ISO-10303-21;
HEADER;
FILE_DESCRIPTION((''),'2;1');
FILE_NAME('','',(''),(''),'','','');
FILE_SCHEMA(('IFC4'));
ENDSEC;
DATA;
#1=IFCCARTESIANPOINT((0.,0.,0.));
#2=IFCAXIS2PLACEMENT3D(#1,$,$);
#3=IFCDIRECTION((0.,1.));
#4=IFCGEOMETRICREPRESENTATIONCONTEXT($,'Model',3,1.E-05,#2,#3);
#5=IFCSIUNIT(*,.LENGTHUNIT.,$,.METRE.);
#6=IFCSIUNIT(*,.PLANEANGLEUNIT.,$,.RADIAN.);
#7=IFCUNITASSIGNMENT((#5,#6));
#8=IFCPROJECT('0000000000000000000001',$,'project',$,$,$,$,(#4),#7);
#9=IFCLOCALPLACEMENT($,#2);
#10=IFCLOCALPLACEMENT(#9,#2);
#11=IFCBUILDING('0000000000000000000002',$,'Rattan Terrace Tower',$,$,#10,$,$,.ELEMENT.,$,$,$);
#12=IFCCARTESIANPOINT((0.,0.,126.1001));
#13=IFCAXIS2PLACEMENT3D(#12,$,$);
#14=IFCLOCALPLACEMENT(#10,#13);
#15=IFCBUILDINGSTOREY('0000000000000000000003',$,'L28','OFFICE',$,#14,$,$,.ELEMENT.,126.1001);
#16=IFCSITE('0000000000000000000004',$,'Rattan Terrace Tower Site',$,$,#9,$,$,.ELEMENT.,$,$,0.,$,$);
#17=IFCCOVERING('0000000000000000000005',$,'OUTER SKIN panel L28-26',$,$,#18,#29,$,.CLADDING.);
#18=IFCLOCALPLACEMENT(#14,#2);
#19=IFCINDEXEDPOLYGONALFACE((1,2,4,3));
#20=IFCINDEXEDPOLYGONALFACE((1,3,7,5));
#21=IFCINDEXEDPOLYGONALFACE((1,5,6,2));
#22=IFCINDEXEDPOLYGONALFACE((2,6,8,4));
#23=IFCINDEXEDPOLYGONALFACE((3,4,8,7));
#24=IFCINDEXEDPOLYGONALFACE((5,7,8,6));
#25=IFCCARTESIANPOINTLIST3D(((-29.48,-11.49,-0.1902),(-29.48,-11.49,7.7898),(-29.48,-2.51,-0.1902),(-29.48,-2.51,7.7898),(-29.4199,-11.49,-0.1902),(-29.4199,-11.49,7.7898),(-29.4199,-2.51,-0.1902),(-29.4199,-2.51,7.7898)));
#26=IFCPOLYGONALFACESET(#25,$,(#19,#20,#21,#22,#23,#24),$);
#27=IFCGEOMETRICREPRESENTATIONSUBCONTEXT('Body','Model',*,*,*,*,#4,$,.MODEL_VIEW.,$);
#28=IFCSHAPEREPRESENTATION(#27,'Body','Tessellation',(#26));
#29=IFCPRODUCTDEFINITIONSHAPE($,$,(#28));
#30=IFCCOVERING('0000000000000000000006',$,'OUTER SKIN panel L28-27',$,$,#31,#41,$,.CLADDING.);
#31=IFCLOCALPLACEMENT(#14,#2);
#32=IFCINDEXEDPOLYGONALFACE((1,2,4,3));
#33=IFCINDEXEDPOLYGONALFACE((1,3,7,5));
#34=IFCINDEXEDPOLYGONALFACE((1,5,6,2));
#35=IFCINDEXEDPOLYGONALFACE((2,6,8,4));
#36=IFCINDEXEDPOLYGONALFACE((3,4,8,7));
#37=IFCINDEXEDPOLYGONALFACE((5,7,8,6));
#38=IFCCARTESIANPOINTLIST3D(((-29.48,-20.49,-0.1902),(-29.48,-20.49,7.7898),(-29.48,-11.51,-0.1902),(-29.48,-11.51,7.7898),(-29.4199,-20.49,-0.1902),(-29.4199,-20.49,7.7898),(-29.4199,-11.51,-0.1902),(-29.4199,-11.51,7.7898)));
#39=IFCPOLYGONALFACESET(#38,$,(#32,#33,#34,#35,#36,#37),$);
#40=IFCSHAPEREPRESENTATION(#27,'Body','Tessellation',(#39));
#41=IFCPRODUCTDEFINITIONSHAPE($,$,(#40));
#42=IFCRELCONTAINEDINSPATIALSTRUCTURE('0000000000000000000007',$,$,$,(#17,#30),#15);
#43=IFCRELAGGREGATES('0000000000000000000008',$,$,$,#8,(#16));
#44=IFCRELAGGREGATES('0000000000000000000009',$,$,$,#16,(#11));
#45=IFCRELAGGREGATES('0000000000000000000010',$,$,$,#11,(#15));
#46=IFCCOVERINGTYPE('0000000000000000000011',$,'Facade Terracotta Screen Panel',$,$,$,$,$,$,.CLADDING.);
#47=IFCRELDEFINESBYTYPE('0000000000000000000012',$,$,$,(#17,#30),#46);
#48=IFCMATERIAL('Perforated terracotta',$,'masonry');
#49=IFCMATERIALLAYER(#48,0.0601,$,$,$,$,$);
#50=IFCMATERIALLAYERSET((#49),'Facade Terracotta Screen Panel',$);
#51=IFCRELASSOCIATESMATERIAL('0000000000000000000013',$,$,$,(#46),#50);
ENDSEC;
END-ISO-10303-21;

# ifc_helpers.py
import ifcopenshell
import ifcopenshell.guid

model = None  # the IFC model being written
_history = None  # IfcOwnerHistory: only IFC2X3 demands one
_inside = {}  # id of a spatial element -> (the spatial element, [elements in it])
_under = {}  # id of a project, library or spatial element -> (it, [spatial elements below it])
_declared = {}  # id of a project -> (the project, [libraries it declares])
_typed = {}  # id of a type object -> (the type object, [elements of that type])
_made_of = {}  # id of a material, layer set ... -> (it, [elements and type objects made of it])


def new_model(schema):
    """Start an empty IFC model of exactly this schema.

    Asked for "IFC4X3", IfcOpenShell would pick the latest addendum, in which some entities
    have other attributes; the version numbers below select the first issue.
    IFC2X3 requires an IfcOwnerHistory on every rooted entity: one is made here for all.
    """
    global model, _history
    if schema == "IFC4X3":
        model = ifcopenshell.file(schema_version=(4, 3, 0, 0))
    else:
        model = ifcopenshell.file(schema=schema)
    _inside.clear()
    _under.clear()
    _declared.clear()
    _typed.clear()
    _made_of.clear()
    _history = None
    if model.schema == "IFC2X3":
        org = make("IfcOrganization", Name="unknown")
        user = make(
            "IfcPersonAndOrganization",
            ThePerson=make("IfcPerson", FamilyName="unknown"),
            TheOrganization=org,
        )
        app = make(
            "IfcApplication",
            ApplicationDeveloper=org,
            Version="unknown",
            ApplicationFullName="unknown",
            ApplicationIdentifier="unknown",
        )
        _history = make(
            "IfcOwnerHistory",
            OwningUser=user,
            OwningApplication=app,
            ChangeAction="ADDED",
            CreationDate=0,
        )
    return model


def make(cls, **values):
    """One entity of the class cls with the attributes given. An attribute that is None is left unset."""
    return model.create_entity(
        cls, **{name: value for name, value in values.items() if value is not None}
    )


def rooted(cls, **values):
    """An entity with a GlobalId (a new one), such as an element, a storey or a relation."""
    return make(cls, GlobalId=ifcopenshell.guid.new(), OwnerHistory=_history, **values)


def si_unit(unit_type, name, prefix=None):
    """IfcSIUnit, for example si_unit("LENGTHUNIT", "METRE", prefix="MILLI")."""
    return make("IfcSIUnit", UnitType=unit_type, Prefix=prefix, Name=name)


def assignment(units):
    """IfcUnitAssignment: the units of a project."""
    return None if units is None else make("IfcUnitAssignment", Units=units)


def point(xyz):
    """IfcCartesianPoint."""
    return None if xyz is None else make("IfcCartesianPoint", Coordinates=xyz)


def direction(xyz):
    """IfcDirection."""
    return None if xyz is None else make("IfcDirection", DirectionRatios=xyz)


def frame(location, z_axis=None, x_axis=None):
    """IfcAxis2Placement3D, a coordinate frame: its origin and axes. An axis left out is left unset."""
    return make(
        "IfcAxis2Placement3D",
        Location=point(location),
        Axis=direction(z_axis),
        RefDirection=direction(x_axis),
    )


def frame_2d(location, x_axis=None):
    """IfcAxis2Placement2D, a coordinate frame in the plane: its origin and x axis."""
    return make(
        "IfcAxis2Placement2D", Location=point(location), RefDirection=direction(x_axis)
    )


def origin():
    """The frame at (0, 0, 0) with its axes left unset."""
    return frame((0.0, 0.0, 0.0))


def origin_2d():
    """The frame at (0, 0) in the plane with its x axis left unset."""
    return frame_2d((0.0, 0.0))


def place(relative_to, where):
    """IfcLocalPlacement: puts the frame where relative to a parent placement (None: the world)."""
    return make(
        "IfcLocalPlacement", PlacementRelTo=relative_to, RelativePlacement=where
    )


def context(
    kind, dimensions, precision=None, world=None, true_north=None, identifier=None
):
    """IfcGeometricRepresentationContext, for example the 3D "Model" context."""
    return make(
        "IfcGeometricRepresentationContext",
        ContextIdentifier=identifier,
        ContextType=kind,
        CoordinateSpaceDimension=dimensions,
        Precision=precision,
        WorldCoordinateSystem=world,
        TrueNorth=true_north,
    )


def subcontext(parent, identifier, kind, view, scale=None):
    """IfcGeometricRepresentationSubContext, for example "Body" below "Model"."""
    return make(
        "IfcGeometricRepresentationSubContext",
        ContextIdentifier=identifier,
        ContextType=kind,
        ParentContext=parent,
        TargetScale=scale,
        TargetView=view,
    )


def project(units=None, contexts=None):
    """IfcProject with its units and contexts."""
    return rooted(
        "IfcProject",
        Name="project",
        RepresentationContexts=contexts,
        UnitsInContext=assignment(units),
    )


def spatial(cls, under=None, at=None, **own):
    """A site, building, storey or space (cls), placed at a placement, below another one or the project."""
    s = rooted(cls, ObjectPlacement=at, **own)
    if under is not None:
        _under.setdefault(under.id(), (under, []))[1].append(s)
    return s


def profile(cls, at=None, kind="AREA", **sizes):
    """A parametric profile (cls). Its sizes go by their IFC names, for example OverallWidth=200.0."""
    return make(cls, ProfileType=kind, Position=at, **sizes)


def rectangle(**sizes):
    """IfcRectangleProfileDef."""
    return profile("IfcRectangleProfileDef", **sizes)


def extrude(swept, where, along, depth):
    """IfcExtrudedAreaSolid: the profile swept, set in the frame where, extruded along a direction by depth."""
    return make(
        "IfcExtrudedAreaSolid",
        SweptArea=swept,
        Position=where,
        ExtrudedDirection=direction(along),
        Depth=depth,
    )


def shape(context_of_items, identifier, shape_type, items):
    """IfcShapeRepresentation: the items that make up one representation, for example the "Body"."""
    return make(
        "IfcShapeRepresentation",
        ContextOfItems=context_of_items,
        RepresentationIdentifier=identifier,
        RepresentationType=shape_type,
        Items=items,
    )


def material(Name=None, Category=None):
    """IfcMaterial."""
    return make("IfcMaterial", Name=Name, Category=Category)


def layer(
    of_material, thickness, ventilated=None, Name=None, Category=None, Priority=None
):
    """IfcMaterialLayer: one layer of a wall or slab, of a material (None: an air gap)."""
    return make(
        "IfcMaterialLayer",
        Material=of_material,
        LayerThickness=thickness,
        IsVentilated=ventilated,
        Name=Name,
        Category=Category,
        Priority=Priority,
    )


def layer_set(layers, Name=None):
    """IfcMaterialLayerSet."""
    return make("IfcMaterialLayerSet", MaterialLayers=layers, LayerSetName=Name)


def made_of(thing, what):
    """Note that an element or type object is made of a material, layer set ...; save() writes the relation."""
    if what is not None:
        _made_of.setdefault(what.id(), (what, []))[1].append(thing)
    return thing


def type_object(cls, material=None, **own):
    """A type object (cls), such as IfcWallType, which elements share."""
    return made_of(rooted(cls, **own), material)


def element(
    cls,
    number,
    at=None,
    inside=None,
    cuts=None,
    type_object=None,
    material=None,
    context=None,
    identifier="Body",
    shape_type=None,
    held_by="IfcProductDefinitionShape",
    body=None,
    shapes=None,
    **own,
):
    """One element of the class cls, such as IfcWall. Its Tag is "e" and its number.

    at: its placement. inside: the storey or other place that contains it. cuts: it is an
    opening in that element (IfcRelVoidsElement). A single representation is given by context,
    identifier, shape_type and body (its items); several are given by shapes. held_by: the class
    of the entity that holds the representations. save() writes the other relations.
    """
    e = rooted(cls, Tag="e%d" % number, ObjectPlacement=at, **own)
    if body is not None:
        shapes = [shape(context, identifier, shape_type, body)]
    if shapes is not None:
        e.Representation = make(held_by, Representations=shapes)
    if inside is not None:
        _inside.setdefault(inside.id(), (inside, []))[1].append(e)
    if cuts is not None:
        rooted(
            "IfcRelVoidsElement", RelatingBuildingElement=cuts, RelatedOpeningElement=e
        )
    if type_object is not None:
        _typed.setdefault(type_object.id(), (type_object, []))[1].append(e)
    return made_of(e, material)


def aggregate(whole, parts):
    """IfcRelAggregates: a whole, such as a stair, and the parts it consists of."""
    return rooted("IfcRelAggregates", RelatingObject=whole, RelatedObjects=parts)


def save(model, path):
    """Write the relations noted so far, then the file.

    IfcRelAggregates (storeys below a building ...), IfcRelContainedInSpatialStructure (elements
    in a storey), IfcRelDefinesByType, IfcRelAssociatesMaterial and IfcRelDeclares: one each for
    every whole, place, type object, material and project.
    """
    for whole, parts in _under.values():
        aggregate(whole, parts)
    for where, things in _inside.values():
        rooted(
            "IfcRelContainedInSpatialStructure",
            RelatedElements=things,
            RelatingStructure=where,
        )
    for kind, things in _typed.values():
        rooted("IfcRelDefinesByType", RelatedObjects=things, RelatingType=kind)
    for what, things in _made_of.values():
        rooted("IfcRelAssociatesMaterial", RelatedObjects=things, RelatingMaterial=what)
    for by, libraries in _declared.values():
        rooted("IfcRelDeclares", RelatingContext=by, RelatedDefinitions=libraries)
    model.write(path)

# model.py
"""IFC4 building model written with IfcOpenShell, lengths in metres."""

from ifc_helpers import new_model, si_unit, direction, frame, origin, origin_2d, place, context, subcontext, project, spatial, rectangle, extrude, material, layer, layer_set, type_object, element, save


model = new_model("IFC4")

# Units and contexts
model_context = context("Model", 3, precision=1e-05, world=origin(), true_north=direction((0.0, 1.0)))
body_context = subcontext(model_context, "Body", "Model", "MODEL_VIEW")
ifc_project = project(units=[si_unit("LENGTHUNIT", "METRE"), si_unit("PLANEANGLEUNIT", "RADIAN")], contexts=[model_context])

# Site, building, storey
site_placement = place(None, origin())
site = spatial("IfcSite", under=ifc_project, at=site_placement, Name="Rattan Terrace Tower Site", CompositionType="ELEMENT", RefElevation=0.0)
building_placement = place(site_placement, origin())
building = spatial("IfcBuilding", under=site, at=building_placement, Name="Rattan Terrace Tower", CompositionType="ELEMENT")
storey_placement = place(building_placement, frame((0.0, 0.0, 126.1001)))
storey = spatial("IfcBuildingStorey", under=building, at=storey_placement, Name="L28", Description="OFFICE", CompositionType="ELEMENT", Elevation=126.1001)

# Coverings
ifc_material_1 = material(Name="Perforated terracotta", Category="masonry")
ifc_layer_1 = layer(ifc_material_1, 0.0601)
ifc_layer_set_1 = layer_set([ifc_layer_1], Name="Facade Terracotta Screen Panel")
covering_type = type_object("IfcCoveringType", Name="Facade Terracotta Screen Panel", PredefinedType="CLADDING", material=ifc_layer_set_1)
for number, where, z_axis, x_axis, name in (
    (1, (-29.45, -7.0, -0.1902), (0.0, 0.0, 1.0), (0.0, -1.0, 0.0), "OUTER SKIN panel L28-26"),
    (2, (-29.45, -16.0, -0.1902), (0.0, 0.0, 1.0), (0.0, -1.0, 0.0), "OUTER SKIN panel L28-27"),
):
    element("IfcCovering", number, at=place(storey_placement, frame(where, z_axis=z_axis, x_axis=x_axis)), inside=storey, type_object=covering_type, Name=name, PredefinedType="CLADDING", context=body_context, shape_type="SweptSolid", body=[
        extrude(rectangle(XDim=8.98, YDim=0.0601, at=origin_2d()), origin(), (0.0, 0.0, 1.0), 7.98),
    ])

save(model, "model.ifc")
